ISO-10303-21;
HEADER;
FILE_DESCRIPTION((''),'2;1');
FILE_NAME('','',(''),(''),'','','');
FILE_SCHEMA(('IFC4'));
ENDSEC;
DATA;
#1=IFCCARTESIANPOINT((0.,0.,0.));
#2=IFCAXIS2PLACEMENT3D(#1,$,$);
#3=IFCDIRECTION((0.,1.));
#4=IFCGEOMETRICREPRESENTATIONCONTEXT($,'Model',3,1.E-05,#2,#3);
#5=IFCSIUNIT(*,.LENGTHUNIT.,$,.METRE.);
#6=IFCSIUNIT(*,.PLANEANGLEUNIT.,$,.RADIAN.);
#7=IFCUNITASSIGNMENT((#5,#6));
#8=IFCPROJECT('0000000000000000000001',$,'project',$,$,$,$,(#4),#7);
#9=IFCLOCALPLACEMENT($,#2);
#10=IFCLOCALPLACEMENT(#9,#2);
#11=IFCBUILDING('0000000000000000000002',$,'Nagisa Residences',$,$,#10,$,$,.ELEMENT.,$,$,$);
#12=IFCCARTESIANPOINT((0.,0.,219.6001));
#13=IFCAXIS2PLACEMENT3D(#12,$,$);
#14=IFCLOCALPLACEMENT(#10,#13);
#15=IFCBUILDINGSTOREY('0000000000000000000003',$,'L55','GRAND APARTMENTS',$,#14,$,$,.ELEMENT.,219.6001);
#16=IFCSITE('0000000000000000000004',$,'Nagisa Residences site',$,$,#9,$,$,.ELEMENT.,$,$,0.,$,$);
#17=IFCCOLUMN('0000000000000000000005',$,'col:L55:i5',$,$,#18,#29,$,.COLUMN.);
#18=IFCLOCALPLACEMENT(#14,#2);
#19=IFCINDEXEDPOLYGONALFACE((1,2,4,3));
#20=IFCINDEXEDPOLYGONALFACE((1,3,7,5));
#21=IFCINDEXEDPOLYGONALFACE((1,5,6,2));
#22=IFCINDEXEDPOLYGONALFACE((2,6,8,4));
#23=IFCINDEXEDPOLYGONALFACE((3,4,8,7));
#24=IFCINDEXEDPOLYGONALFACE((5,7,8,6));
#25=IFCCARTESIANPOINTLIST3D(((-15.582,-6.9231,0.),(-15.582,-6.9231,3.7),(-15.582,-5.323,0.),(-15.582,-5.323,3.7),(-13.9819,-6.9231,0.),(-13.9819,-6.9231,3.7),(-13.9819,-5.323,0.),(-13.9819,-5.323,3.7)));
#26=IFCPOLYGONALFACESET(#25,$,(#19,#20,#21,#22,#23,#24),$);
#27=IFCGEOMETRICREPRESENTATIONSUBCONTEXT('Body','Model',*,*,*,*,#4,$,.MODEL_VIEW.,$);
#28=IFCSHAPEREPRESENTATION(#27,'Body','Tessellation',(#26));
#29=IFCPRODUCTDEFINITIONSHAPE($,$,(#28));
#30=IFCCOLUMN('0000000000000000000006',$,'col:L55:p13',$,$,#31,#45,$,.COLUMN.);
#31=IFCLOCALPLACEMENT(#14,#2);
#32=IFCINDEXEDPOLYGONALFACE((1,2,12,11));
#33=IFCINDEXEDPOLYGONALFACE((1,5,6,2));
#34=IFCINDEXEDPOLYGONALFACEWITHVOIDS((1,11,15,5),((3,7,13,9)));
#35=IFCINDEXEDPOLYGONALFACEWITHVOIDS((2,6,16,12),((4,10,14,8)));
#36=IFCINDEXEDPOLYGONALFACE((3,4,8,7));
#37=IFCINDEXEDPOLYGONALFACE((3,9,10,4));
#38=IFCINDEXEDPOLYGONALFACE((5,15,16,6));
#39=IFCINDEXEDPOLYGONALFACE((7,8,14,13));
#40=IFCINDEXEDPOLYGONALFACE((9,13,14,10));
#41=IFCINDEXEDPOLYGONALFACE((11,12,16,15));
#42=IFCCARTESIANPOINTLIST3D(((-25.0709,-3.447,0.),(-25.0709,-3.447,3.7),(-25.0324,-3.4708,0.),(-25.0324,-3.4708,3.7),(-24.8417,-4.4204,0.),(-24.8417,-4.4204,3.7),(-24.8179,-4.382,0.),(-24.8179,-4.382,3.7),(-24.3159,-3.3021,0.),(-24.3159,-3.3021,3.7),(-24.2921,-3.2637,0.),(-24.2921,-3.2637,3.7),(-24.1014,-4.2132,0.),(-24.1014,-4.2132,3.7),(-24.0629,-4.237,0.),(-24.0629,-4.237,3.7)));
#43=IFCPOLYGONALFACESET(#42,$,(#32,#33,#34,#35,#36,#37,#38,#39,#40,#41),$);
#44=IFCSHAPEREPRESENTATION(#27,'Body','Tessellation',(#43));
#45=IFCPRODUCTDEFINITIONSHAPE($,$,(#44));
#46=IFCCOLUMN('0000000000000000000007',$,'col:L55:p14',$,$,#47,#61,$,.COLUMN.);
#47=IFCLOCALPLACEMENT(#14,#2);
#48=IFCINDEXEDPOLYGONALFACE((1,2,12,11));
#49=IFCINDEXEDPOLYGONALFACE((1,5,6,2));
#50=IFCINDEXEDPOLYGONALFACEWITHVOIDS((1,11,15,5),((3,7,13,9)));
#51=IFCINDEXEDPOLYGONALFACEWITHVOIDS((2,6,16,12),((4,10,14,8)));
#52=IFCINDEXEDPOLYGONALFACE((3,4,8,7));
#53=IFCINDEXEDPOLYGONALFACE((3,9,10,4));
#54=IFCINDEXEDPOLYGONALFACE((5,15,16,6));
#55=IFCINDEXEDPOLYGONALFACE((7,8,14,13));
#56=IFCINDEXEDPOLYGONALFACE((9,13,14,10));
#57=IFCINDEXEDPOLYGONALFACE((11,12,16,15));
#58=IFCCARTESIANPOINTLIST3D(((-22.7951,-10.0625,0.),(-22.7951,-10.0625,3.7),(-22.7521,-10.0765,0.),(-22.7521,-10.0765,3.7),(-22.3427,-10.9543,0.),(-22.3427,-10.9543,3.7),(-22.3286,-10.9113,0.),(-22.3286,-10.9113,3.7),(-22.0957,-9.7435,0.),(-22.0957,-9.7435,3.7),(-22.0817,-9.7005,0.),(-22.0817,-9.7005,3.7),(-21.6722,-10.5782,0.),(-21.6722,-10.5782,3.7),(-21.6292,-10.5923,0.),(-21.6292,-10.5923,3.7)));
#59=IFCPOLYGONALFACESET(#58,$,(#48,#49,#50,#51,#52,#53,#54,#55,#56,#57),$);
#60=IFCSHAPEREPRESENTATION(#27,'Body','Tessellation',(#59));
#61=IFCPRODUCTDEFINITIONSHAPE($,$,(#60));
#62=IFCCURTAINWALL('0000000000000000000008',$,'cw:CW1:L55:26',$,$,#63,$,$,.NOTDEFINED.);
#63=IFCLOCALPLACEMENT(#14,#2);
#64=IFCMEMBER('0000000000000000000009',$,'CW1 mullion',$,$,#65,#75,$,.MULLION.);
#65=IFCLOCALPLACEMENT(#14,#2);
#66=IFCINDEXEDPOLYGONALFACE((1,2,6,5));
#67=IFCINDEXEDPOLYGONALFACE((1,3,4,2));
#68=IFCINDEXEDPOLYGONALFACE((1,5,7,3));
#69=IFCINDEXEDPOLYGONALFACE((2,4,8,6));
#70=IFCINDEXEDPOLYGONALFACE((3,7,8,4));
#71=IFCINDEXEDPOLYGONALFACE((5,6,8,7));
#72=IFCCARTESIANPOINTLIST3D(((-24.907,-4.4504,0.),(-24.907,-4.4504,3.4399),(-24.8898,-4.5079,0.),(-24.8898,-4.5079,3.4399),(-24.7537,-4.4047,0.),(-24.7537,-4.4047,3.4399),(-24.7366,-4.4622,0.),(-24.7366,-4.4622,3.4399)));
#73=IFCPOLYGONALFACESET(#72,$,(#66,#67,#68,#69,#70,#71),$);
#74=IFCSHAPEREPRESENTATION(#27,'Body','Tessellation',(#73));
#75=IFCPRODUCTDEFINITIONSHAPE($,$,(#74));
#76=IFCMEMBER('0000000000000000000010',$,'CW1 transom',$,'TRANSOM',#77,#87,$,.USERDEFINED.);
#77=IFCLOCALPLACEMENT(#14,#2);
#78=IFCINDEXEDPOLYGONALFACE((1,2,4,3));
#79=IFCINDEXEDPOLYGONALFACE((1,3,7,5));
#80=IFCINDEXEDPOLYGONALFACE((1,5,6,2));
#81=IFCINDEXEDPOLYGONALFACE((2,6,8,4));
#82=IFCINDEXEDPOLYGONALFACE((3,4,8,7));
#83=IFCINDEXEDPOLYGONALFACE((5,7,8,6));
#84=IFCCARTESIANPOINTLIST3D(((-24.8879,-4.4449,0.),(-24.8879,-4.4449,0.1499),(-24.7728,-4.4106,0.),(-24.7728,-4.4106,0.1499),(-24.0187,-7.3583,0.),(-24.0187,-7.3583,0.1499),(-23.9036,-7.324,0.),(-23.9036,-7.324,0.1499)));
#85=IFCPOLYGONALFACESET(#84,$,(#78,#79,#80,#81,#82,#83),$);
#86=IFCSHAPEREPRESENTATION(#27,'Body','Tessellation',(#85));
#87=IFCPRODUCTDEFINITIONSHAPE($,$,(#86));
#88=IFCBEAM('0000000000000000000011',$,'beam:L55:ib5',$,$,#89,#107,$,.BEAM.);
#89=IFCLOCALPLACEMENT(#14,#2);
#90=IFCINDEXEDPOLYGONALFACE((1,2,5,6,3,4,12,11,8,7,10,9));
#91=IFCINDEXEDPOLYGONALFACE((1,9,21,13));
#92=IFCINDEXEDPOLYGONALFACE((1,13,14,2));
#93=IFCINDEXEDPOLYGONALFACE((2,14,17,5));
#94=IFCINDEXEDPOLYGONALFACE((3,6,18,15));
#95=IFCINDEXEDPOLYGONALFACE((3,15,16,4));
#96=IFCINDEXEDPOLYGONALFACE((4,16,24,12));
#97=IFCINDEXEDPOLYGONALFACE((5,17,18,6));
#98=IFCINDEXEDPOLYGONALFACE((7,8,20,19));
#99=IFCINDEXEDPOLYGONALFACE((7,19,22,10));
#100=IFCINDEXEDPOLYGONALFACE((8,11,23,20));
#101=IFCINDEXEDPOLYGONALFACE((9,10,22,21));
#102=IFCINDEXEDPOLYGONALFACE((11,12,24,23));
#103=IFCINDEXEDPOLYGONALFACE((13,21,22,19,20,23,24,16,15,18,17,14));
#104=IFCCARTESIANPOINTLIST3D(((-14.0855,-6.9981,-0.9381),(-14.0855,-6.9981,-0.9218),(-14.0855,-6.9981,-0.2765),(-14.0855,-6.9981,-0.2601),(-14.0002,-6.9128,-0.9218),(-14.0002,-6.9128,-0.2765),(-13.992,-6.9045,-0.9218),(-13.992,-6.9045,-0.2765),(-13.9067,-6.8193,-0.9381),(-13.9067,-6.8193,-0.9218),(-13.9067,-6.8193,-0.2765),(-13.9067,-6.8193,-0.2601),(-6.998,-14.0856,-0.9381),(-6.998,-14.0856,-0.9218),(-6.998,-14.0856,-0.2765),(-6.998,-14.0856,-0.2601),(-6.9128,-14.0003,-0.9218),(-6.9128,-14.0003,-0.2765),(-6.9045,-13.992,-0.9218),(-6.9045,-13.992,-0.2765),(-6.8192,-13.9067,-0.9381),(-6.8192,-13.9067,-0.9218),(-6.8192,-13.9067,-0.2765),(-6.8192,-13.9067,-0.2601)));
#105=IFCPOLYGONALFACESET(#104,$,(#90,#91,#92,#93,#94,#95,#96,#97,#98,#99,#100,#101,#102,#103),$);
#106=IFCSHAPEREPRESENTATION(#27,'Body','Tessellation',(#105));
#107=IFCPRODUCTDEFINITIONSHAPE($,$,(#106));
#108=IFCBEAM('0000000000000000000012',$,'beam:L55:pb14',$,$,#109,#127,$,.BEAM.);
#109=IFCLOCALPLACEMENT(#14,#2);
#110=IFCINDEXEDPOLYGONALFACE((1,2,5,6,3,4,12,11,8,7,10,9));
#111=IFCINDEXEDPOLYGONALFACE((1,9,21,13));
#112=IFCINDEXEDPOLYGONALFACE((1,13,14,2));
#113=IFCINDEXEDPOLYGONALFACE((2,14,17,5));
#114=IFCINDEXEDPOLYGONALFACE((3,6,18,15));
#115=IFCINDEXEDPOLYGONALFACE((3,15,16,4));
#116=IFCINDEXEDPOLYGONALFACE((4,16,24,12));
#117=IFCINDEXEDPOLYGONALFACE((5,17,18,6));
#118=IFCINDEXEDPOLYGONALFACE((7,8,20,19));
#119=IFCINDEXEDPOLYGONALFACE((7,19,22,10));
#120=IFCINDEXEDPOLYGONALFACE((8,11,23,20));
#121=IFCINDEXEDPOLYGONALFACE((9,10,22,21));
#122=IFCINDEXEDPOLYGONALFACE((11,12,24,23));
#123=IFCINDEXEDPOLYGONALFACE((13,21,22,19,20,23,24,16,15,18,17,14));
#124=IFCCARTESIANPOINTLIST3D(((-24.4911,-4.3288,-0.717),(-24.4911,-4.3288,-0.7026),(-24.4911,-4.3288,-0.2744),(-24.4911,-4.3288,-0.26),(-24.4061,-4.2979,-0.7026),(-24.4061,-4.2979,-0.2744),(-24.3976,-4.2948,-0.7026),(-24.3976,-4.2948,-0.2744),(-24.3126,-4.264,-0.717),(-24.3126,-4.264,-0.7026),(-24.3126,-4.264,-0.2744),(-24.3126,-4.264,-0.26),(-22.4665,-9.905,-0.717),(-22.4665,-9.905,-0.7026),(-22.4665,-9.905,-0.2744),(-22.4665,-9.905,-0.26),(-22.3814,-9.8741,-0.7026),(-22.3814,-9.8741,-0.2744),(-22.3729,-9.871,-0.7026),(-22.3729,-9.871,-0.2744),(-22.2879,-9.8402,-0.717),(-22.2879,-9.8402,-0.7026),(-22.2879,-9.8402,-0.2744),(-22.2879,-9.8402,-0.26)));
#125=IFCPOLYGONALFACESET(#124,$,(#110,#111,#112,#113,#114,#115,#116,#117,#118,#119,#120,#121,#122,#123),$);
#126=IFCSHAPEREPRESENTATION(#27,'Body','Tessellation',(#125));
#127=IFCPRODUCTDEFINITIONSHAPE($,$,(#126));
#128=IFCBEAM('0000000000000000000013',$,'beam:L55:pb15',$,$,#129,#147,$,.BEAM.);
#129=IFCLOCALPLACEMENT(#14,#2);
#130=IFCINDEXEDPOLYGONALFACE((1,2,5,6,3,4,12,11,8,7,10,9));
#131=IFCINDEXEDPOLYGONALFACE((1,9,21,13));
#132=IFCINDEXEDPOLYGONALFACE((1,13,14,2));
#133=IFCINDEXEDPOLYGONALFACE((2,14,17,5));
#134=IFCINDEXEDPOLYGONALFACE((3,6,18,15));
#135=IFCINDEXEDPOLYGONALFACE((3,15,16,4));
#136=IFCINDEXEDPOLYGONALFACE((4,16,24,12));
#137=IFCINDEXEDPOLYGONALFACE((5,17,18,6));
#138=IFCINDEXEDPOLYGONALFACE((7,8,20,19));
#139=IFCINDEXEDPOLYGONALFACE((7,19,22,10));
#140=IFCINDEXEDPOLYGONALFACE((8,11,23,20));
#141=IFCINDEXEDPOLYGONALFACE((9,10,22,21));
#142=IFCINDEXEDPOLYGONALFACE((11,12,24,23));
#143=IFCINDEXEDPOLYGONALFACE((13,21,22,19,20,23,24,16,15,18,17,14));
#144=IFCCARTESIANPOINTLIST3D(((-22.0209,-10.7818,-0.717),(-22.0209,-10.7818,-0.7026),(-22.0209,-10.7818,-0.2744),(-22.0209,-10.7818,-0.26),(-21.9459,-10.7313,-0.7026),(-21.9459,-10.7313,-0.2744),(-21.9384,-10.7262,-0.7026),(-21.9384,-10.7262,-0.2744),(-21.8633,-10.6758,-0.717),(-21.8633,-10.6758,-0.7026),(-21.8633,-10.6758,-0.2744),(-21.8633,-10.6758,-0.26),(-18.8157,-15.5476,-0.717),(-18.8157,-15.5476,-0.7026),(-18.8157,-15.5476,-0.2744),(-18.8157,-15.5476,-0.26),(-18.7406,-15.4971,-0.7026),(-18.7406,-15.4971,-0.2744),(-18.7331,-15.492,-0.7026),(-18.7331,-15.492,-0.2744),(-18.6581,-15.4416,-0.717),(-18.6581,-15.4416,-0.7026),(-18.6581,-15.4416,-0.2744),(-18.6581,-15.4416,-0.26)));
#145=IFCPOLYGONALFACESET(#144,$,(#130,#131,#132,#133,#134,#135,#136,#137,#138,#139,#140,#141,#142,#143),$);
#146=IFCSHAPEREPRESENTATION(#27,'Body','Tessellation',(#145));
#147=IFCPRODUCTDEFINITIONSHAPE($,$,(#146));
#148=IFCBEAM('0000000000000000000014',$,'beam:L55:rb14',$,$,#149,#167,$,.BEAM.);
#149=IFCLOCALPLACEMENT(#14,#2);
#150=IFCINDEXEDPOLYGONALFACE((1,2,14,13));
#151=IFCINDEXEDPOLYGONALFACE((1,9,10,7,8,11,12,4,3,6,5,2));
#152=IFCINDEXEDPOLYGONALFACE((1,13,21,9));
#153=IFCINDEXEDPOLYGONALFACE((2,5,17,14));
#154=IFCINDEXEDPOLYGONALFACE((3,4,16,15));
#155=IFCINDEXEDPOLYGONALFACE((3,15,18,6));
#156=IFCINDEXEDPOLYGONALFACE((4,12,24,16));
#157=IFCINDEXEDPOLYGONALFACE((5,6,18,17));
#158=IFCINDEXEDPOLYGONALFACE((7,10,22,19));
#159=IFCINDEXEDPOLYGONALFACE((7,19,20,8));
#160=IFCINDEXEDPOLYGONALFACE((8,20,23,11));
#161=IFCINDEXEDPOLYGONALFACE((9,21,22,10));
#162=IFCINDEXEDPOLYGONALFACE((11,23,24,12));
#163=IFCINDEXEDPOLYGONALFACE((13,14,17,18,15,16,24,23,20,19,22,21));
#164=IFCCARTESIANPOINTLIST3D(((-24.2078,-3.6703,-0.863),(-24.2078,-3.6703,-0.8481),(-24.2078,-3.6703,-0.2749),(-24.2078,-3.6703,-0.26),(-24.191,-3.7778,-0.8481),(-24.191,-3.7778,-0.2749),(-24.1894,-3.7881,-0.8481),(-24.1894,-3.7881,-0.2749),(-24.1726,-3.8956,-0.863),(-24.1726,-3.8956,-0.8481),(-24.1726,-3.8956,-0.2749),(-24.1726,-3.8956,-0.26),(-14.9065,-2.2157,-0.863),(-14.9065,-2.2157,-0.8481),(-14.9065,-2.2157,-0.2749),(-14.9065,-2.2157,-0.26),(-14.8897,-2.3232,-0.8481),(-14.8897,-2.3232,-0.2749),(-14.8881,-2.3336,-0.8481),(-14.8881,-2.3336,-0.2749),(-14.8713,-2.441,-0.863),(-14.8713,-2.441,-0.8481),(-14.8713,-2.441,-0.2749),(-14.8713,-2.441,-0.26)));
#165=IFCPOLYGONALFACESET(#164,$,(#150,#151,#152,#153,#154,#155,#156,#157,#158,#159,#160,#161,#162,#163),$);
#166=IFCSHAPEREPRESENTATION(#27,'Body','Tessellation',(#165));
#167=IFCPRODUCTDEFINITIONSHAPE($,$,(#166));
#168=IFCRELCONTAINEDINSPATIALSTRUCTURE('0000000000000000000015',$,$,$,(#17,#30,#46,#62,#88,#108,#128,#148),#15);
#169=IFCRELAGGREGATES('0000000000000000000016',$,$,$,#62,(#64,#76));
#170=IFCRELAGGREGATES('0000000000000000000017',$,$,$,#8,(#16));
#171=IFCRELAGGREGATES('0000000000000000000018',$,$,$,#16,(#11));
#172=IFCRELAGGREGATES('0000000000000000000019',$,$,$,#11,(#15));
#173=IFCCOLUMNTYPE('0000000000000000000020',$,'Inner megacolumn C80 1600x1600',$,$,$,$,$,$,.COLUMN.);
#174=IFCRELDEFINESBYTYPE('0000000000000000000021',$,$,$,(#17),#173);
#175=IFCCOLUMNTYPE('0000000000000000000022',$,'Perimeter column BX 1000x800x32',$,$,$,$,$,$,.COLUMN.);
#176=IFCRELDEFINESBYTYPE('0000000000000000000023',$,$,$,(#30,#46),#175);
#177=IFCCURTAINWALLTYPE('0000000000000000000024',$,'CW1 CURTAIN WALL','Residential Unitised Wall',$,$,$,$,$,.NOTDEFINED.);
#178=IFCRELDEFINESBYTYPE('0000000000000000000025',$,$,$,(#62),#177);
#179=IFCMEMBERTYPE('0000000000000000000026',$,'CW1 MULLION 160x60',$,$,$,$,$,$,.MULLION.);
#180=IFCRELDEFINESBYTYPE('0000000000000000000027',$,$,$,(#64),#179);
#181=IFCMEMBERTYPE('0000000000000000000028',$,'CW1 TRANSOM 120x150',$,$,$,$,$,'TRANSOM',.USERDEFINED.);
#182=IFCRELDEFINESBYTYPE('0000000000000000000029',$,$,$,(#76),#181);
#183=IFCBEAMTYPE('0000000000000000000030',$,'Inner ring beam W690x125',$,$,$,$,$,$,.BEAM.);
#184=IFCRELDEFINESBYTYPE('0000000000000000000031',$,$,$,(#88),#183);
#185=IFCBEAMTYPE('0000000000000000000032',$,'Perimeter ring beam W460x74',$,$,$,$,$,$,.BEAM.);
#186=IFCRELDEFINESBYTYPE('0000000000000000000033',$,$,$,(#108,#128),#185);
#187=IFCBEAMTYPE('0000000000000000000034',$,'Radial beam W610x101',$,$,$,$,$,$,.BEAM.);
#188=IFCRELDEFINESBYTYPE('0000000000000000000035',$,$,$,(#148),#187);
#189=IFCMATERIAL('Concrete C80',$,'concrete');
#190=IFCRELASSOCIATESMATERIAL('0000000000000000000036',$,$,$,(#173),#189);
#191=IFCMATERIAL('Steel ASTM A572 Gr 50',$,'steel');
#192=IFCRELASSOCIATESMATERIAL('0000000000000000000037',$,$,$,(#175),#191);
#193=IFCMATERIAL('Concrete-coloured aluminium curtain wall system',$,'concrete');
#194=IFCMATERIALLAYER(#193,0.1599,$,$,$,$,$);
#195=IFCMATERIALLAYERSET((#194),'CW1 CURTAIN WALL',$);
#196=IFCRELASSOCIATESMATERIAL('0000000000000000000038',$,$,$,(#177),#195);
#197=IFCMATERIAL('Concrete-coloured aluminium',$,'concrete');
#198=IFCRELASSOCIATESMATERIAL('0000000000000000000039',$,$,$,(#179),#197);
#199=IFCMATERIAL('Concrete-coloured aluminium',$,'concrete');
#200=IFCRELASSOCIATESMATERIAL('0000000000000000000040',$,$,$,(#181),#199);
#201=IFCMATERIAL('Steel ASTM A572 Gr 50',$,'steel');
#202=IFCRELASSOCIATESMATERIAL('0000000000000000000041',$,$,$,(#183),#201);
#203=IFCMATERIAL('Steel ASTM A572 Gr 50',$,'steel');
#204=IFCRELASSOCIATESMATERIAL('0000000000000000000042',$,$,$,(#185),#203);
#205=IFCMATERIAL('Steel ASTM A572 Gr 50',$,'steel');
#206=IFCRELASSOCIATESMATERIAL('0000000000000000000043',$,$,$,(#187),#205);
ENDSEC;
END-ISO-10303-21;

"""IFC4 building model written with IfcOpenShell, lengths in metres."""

from ifc_helpers import new_model, si_unit, direction, frame, origin, origin_2d, place, context, subcontext, project, spatial, rectangle, hollow_rectangle, i_section, extrude, material, layer, layer_set, material_profile, profile_set, type_object, element, aggregate, save


model = new_model("IFC4")

# Units and contexts
model_context = context("Model", 3, precision=1e-05, world=origin(), true_north=direction((0.0, 1.0)))
body_context = subcontext(model_context, "Body", "Model", "MODEL_VIEW")
ifc_project = project(units=[si_unit("LENGTHUNIT", "METRE"), si_unit("PLANEANGLEUNIT", "RADIAN")], contexts=[model_context])

# Site, building, storey
site_placement = place(None, origin())
site = spatial("IfcSite", under=ifc_project, at=site_placement, Name="Nagisa Residences site", CompositionType="ELEMENT", RefElevation=0.0)
building_placement = place(site_placement, origin())
building = spatial("IfcBuilding", under=site, at=building_placement, Name="Nagisa Residences", CompositionType="ELEMENT")
storey_placement = place(building_placement, frame((0.0, 0.0, 219.6001)))
storey = spatial("IfcBuildingStorey", under=building, at=storey_placement, Name="L55", Description="GRAND APARTMENTS", CompositionType="ELEMENT", Elevation=219.6001)

# Columns
ifc_material_1 = material(Name="Concrete C80", Category="concrete")
ifc_material_profile_1 = material_profile(ifc_material_1, rectangle(XDim=1.6001, YDim=1.6001, at=origin_2d()), Name="C80 1600x1600")
ifc_profile_set_1 = profile_set([ifc_material_profile_1], Name="Concrete C80")
column_type_1 = type_object("IfcColumnType", Name="Inner megacolumn C80 1600x1600", PredefinedType="COLUMN", material=ifc_profile_set_1)
column_placement = place(storey_placement, frame((-14.782, -6.123, 0.0), z_axis=(0.0, 0.0, 1.0), x_axis=(1.0, 0.0, 0.0)))
element("IfcColumn", 1, at=column_placement, inside=storey, type_object=column_type_1, Name="col:L55:i5", PredefinedType="COLUMN", context=body_context, shape_type="SweptSolid", body=[
    extrude(rectangle(XDim=1.6001, YDim=1.6001, at=origin_2d()), origin(), (0.0, 0.0, 1.0), 3.7),
])
ifc_material_2 = material(Name="Steel ASTM A572 Gr 50", Category="steel")
ifc_material_profile_2 = material_profile(ifc_material_2, hollow_rectangle(XDim=1.0, YDim=0.8, WallThickness=0.032, at=origin_2d()), Name="BX 1000x800x32")
ifc_profile_set_2 = profile_set([ifc_material_profile_2], Name="Steel ASTM A572 Gr 50")
column_type_2 = type_object("IfcColumnType", Name="Perimeter column BX 1000x800x32", PredefinedType="COLUMN", material=ifc_profile_set_2)
for number, where, z_axis, x_axis, name in (
    (2, (-24.5669, -3.842, 0.0), (0.0, 0.0, 1.0), (0.229202, -0.973379, 0.0), "col:L55:p13"),
    (3, (-22.2122, -10.3274, 0.0), (0.0, 0.0, 1.0), (0.452463, -0.891783, 0.0), "col:L55:p14"),
):
    element("IfcColumn", number, at=place(storey_placement, frame(where, z_axis=z_axis, x_axis=x_axis)), inside=storey, type_object=column_type_2, Name=name, PredefinedType="COLUMN", context=body_context, shape_type="SweptSolid", body=[
        extrude(hollow_rectangle(XDim=1.0, YDim=0.8, WallThickness=0.032, at=origin_2d()), origin(), (0.0, 0.0, 1.0), 3.7),
    ])

# Curtain wall, members
ifc_material_3 = material(Name="Concrete-coloured aluminium curtain wall system", Category="concrete")
ifc_layer_1 = layer(ifc_material_3, 0.1599)
ifc_layer_set_1 = layer_set([ifc_layer_1], Name="CW1 CURTAIN WALL")
curtain_wall_type = type_object("IfcCurtainWallType", Name="CW1 CURTAIN WALL", Description="Residential Unitised Wall", PredefinedType="NOTDEFINED", material=ifc_layer_set_1)
curtain_wall_placement = place(storey_placement, origin())
curtain_wall = element("IfcCurtainWall", 4, at=curtain_wall_placement, inside=storey, type_object=curtain_wall_type, Name="cw:CW1:L55:26", PredefinedType="NOTDEFINED")
ifc_material_4 = material(Name="Concrete-coloured aluminium", Category="concrete")
ifc_material_profile_3 = material_profile(ifc_material_4, rectangle(XDim=0.1599, YDim=0.0601, at=origin_2d()), Name="CW1 MULLION 160x60")
ifc_profile_set_3 = profile_set([ifc_material_profile_3], Name="Concrete-coloured aluminium")
member_type_1 = type_object("IfcMemberType", Name="CW1 MULLION 160x60", PredefinedType="MULLION", material=ifc_profile_set_3)
member_1_placement = place(storey_placement, frame((-24.8218, -4.4563, 0.0), z_axis=(0.0, 0.0, 1.0), x_axis=(0.958271, 0.28586, 0.0)))
member_1 = element("IfcMember", 5, at=member_1_placement, type_object=member_type_1, Name="CW1 mullion", PredefinedType="MULLION", context=body_context, shape_type="SweptSolid", body=[
    extrude(rectangle(XDim=0.1599, YDim=0.0601, at=origin_2d()), origin(), (0.0, 0.0, 1.0), 3.4399),
])
ifc_material_5 = material(Name="Concrete-coloured aluminium", Category="concrete")
ifc_material_profile_4 = material_profile(ifc_material_5, rectangle(XDim=0.1201, YDim=0.1499, at=origin_2d()), Name="CW1 TRANSOM 120x150")
ifc_profile_set_4 = profile_set([ifc_material_profile_4], Name="Concrete-coloured aluminium")
member_type_2 = type_object("IfcMemberType", Name="CW1 TRANSOM 120x150", ElementType="TRANSOM", PredefinedType="USERDEFINED", material=ifc_profile_set_4)
member_2_placement = place(storey_placement, frame((-24.8303, -4.4277, 0.075), z_axis=(0.285881, -0.958265, 0.0), x_axis=(0.958265, 0.285881, 0.0)))
member_2 = element("IfcMember", 6, at=member_2_placement, type_object=member_type_2, Name="CW1 transom", ObjectType="TRANSOM", PredefinedType="USERDEFINED", context=body_context, shape_type="SweptSolid", body=[
    extrude(rectangle(XDim=0.1201, YDim=0.1499, at=origin_2d()), origin(), (0.0, 0.0, 1.0), 3.0403),
])

# Beams
ifc_material_6 = material(Name="Steel ASTM A572 Gr 50", Category="steel")
ifc_material_profile_5 = material_profile(ifc_material_6, i_section(OverallWidth=0.2529, OverallDepth=0.678, WebThickness=0.0117, FlangeThickness=0.0164, at=origin_2d()), Name="W690x125")
ifc_profile_set_5 = profile_set([ifc_material_profile_5], Name="Steel ASTM A572 Gr 50")
beam_type_1 = type_object("IfcBeamType", Name="Inner ring beam W690x125", PredefinedType="BEAM", material=ifc_profile_set_5)
beam_1_placement = place(storey_placement, frame((-13.9961, -6.9087, -0.5991), z_axis=(0.707107, -0.707107, 0.0), x_axis=(0.707107, 0.707107, 0.0)))
element("IfcBeam", 7, at=beam_1_placement, inside=storey, type_object=beam_type_1, Name="beam:L55:ib5", PredefinedType="BEAM", context=body_context, shape_type="SweptSolid", body=[
    extrude(i_section(OverallWidth=0.2529, OverallDepth=0.678, WebThickness=0.0117, FlangeThickness=0.0164, at=origin_2d()), origin(), (0.0, 0.0, 1.0), 10.0232),
])
ifc_material_7 = material(Name="Steel ASTM A572 Gr 50", Category="steel")
ifc_material_profile_6 = material_profile(ifc_material_7, i_section(OverallWidth=0.1899, OverallDepth=0.457, WebThickness=0.009, FlangeThickness=0.0144, at=origin_2d()), Name="W460x74")
ifc_profile_set_6 = profile_set([ifc_material_profile_6], Name="Steel ASTM A572 Gr 50")
beam_type_2 = type_object("IfcBeamType", Name="Perimeter ring beam W460x74", PredefinedType="BEAM", material=ifc_profile_set_6)
beam_2_placement = place(storey_placement, frame((-24.4019, -4.2964, -0.4885), z_axis=(0.34129, -0.939958, 0.0), x_axis=(0.939958, 0.34129, 0.0)))
element("IfcBeam", 8, at=beam_2_placement, inside=storey, type_object=beam_type_2, Name="beam:L55:pb14", PredefinedType="BEAM", context=body_context, shape_type="SweptSolid", body=[
    extrude(i_section(OverallWidth=0.1899, OverallDepth=0.457, WebThickness=0.009, FlangeThickness=0.0144, at=origin_2d()), origin(), (0.0, 0.0, 1.0), 5.9324),
])
beam_3_placement = place(storey_placement, frame((-21.9421, -10.7288, -0.4885), z_axis=(0.55808, -0.829787, 0.0), x_axis=(0.829787, 0.55808, 0.0)))
element("IfcBeam", 9, at=beam_3_placement, inside=storey, type_object=beam_type_2, Name="beam:L55:pb15", PredefinedType="BEAM", context=body_context, shape_type="SweptSolid", body=[
    extrude(i_section(OverallWidth=0.1899, OverallDepth=0.457, WebThickness=0.009, FlangeThickness=0.0144, at=origin_2d()), origin(), (0.0, 0.0, 1.0), 5.7434),
])
ifc_material_8 = material(Name="Steel ASTM A572 Gr 50", Category="steel")
ifc_material_profile_7 = material_profile(ifc_material_8, i_section(OverallWidth=0.228, OverallDepth=0.603, WebThickness=0.0105, FlangeThickness=0.0149, at=origin_2d()), Name="W610x101")
ifc_profile_set_7 = profile_set([ifc_material_profile_7], Name="Steel ASTM A572 Gr 50")
beam_type_3 = type_object("IfcBeamType", Name="Radial beam W610x101", PredefinedType="BEAM", material=ifc_profile_set_7)
beam_4_placement = place(storey_placement, frame((-24.1902, -3.783, -0.5615), z_axis=(0.987992, 0.154508, 0.0), x_axis=(-0.154508, 0.987992, 0.0)))
element("IfcBeam", 10, at=beam_4_placement, inside=storey, type_object=beam_type_3, Name="beam:L55:rb14", PredefinedType="BEAM", context=body_context, shape_type="SweptSolid", body=[
    extrude(i_section(OverallWidth=0.228, OverallDepth=0.603, WebThickness=0.0105, FlangeThickness=0.0149, at=origin_2d()), origin(), (0.0, 0.0, 1.0), 9.4143),
])

aggregate(curtain_wall, [member_1, member_2])

save(model, "model.ifc")
